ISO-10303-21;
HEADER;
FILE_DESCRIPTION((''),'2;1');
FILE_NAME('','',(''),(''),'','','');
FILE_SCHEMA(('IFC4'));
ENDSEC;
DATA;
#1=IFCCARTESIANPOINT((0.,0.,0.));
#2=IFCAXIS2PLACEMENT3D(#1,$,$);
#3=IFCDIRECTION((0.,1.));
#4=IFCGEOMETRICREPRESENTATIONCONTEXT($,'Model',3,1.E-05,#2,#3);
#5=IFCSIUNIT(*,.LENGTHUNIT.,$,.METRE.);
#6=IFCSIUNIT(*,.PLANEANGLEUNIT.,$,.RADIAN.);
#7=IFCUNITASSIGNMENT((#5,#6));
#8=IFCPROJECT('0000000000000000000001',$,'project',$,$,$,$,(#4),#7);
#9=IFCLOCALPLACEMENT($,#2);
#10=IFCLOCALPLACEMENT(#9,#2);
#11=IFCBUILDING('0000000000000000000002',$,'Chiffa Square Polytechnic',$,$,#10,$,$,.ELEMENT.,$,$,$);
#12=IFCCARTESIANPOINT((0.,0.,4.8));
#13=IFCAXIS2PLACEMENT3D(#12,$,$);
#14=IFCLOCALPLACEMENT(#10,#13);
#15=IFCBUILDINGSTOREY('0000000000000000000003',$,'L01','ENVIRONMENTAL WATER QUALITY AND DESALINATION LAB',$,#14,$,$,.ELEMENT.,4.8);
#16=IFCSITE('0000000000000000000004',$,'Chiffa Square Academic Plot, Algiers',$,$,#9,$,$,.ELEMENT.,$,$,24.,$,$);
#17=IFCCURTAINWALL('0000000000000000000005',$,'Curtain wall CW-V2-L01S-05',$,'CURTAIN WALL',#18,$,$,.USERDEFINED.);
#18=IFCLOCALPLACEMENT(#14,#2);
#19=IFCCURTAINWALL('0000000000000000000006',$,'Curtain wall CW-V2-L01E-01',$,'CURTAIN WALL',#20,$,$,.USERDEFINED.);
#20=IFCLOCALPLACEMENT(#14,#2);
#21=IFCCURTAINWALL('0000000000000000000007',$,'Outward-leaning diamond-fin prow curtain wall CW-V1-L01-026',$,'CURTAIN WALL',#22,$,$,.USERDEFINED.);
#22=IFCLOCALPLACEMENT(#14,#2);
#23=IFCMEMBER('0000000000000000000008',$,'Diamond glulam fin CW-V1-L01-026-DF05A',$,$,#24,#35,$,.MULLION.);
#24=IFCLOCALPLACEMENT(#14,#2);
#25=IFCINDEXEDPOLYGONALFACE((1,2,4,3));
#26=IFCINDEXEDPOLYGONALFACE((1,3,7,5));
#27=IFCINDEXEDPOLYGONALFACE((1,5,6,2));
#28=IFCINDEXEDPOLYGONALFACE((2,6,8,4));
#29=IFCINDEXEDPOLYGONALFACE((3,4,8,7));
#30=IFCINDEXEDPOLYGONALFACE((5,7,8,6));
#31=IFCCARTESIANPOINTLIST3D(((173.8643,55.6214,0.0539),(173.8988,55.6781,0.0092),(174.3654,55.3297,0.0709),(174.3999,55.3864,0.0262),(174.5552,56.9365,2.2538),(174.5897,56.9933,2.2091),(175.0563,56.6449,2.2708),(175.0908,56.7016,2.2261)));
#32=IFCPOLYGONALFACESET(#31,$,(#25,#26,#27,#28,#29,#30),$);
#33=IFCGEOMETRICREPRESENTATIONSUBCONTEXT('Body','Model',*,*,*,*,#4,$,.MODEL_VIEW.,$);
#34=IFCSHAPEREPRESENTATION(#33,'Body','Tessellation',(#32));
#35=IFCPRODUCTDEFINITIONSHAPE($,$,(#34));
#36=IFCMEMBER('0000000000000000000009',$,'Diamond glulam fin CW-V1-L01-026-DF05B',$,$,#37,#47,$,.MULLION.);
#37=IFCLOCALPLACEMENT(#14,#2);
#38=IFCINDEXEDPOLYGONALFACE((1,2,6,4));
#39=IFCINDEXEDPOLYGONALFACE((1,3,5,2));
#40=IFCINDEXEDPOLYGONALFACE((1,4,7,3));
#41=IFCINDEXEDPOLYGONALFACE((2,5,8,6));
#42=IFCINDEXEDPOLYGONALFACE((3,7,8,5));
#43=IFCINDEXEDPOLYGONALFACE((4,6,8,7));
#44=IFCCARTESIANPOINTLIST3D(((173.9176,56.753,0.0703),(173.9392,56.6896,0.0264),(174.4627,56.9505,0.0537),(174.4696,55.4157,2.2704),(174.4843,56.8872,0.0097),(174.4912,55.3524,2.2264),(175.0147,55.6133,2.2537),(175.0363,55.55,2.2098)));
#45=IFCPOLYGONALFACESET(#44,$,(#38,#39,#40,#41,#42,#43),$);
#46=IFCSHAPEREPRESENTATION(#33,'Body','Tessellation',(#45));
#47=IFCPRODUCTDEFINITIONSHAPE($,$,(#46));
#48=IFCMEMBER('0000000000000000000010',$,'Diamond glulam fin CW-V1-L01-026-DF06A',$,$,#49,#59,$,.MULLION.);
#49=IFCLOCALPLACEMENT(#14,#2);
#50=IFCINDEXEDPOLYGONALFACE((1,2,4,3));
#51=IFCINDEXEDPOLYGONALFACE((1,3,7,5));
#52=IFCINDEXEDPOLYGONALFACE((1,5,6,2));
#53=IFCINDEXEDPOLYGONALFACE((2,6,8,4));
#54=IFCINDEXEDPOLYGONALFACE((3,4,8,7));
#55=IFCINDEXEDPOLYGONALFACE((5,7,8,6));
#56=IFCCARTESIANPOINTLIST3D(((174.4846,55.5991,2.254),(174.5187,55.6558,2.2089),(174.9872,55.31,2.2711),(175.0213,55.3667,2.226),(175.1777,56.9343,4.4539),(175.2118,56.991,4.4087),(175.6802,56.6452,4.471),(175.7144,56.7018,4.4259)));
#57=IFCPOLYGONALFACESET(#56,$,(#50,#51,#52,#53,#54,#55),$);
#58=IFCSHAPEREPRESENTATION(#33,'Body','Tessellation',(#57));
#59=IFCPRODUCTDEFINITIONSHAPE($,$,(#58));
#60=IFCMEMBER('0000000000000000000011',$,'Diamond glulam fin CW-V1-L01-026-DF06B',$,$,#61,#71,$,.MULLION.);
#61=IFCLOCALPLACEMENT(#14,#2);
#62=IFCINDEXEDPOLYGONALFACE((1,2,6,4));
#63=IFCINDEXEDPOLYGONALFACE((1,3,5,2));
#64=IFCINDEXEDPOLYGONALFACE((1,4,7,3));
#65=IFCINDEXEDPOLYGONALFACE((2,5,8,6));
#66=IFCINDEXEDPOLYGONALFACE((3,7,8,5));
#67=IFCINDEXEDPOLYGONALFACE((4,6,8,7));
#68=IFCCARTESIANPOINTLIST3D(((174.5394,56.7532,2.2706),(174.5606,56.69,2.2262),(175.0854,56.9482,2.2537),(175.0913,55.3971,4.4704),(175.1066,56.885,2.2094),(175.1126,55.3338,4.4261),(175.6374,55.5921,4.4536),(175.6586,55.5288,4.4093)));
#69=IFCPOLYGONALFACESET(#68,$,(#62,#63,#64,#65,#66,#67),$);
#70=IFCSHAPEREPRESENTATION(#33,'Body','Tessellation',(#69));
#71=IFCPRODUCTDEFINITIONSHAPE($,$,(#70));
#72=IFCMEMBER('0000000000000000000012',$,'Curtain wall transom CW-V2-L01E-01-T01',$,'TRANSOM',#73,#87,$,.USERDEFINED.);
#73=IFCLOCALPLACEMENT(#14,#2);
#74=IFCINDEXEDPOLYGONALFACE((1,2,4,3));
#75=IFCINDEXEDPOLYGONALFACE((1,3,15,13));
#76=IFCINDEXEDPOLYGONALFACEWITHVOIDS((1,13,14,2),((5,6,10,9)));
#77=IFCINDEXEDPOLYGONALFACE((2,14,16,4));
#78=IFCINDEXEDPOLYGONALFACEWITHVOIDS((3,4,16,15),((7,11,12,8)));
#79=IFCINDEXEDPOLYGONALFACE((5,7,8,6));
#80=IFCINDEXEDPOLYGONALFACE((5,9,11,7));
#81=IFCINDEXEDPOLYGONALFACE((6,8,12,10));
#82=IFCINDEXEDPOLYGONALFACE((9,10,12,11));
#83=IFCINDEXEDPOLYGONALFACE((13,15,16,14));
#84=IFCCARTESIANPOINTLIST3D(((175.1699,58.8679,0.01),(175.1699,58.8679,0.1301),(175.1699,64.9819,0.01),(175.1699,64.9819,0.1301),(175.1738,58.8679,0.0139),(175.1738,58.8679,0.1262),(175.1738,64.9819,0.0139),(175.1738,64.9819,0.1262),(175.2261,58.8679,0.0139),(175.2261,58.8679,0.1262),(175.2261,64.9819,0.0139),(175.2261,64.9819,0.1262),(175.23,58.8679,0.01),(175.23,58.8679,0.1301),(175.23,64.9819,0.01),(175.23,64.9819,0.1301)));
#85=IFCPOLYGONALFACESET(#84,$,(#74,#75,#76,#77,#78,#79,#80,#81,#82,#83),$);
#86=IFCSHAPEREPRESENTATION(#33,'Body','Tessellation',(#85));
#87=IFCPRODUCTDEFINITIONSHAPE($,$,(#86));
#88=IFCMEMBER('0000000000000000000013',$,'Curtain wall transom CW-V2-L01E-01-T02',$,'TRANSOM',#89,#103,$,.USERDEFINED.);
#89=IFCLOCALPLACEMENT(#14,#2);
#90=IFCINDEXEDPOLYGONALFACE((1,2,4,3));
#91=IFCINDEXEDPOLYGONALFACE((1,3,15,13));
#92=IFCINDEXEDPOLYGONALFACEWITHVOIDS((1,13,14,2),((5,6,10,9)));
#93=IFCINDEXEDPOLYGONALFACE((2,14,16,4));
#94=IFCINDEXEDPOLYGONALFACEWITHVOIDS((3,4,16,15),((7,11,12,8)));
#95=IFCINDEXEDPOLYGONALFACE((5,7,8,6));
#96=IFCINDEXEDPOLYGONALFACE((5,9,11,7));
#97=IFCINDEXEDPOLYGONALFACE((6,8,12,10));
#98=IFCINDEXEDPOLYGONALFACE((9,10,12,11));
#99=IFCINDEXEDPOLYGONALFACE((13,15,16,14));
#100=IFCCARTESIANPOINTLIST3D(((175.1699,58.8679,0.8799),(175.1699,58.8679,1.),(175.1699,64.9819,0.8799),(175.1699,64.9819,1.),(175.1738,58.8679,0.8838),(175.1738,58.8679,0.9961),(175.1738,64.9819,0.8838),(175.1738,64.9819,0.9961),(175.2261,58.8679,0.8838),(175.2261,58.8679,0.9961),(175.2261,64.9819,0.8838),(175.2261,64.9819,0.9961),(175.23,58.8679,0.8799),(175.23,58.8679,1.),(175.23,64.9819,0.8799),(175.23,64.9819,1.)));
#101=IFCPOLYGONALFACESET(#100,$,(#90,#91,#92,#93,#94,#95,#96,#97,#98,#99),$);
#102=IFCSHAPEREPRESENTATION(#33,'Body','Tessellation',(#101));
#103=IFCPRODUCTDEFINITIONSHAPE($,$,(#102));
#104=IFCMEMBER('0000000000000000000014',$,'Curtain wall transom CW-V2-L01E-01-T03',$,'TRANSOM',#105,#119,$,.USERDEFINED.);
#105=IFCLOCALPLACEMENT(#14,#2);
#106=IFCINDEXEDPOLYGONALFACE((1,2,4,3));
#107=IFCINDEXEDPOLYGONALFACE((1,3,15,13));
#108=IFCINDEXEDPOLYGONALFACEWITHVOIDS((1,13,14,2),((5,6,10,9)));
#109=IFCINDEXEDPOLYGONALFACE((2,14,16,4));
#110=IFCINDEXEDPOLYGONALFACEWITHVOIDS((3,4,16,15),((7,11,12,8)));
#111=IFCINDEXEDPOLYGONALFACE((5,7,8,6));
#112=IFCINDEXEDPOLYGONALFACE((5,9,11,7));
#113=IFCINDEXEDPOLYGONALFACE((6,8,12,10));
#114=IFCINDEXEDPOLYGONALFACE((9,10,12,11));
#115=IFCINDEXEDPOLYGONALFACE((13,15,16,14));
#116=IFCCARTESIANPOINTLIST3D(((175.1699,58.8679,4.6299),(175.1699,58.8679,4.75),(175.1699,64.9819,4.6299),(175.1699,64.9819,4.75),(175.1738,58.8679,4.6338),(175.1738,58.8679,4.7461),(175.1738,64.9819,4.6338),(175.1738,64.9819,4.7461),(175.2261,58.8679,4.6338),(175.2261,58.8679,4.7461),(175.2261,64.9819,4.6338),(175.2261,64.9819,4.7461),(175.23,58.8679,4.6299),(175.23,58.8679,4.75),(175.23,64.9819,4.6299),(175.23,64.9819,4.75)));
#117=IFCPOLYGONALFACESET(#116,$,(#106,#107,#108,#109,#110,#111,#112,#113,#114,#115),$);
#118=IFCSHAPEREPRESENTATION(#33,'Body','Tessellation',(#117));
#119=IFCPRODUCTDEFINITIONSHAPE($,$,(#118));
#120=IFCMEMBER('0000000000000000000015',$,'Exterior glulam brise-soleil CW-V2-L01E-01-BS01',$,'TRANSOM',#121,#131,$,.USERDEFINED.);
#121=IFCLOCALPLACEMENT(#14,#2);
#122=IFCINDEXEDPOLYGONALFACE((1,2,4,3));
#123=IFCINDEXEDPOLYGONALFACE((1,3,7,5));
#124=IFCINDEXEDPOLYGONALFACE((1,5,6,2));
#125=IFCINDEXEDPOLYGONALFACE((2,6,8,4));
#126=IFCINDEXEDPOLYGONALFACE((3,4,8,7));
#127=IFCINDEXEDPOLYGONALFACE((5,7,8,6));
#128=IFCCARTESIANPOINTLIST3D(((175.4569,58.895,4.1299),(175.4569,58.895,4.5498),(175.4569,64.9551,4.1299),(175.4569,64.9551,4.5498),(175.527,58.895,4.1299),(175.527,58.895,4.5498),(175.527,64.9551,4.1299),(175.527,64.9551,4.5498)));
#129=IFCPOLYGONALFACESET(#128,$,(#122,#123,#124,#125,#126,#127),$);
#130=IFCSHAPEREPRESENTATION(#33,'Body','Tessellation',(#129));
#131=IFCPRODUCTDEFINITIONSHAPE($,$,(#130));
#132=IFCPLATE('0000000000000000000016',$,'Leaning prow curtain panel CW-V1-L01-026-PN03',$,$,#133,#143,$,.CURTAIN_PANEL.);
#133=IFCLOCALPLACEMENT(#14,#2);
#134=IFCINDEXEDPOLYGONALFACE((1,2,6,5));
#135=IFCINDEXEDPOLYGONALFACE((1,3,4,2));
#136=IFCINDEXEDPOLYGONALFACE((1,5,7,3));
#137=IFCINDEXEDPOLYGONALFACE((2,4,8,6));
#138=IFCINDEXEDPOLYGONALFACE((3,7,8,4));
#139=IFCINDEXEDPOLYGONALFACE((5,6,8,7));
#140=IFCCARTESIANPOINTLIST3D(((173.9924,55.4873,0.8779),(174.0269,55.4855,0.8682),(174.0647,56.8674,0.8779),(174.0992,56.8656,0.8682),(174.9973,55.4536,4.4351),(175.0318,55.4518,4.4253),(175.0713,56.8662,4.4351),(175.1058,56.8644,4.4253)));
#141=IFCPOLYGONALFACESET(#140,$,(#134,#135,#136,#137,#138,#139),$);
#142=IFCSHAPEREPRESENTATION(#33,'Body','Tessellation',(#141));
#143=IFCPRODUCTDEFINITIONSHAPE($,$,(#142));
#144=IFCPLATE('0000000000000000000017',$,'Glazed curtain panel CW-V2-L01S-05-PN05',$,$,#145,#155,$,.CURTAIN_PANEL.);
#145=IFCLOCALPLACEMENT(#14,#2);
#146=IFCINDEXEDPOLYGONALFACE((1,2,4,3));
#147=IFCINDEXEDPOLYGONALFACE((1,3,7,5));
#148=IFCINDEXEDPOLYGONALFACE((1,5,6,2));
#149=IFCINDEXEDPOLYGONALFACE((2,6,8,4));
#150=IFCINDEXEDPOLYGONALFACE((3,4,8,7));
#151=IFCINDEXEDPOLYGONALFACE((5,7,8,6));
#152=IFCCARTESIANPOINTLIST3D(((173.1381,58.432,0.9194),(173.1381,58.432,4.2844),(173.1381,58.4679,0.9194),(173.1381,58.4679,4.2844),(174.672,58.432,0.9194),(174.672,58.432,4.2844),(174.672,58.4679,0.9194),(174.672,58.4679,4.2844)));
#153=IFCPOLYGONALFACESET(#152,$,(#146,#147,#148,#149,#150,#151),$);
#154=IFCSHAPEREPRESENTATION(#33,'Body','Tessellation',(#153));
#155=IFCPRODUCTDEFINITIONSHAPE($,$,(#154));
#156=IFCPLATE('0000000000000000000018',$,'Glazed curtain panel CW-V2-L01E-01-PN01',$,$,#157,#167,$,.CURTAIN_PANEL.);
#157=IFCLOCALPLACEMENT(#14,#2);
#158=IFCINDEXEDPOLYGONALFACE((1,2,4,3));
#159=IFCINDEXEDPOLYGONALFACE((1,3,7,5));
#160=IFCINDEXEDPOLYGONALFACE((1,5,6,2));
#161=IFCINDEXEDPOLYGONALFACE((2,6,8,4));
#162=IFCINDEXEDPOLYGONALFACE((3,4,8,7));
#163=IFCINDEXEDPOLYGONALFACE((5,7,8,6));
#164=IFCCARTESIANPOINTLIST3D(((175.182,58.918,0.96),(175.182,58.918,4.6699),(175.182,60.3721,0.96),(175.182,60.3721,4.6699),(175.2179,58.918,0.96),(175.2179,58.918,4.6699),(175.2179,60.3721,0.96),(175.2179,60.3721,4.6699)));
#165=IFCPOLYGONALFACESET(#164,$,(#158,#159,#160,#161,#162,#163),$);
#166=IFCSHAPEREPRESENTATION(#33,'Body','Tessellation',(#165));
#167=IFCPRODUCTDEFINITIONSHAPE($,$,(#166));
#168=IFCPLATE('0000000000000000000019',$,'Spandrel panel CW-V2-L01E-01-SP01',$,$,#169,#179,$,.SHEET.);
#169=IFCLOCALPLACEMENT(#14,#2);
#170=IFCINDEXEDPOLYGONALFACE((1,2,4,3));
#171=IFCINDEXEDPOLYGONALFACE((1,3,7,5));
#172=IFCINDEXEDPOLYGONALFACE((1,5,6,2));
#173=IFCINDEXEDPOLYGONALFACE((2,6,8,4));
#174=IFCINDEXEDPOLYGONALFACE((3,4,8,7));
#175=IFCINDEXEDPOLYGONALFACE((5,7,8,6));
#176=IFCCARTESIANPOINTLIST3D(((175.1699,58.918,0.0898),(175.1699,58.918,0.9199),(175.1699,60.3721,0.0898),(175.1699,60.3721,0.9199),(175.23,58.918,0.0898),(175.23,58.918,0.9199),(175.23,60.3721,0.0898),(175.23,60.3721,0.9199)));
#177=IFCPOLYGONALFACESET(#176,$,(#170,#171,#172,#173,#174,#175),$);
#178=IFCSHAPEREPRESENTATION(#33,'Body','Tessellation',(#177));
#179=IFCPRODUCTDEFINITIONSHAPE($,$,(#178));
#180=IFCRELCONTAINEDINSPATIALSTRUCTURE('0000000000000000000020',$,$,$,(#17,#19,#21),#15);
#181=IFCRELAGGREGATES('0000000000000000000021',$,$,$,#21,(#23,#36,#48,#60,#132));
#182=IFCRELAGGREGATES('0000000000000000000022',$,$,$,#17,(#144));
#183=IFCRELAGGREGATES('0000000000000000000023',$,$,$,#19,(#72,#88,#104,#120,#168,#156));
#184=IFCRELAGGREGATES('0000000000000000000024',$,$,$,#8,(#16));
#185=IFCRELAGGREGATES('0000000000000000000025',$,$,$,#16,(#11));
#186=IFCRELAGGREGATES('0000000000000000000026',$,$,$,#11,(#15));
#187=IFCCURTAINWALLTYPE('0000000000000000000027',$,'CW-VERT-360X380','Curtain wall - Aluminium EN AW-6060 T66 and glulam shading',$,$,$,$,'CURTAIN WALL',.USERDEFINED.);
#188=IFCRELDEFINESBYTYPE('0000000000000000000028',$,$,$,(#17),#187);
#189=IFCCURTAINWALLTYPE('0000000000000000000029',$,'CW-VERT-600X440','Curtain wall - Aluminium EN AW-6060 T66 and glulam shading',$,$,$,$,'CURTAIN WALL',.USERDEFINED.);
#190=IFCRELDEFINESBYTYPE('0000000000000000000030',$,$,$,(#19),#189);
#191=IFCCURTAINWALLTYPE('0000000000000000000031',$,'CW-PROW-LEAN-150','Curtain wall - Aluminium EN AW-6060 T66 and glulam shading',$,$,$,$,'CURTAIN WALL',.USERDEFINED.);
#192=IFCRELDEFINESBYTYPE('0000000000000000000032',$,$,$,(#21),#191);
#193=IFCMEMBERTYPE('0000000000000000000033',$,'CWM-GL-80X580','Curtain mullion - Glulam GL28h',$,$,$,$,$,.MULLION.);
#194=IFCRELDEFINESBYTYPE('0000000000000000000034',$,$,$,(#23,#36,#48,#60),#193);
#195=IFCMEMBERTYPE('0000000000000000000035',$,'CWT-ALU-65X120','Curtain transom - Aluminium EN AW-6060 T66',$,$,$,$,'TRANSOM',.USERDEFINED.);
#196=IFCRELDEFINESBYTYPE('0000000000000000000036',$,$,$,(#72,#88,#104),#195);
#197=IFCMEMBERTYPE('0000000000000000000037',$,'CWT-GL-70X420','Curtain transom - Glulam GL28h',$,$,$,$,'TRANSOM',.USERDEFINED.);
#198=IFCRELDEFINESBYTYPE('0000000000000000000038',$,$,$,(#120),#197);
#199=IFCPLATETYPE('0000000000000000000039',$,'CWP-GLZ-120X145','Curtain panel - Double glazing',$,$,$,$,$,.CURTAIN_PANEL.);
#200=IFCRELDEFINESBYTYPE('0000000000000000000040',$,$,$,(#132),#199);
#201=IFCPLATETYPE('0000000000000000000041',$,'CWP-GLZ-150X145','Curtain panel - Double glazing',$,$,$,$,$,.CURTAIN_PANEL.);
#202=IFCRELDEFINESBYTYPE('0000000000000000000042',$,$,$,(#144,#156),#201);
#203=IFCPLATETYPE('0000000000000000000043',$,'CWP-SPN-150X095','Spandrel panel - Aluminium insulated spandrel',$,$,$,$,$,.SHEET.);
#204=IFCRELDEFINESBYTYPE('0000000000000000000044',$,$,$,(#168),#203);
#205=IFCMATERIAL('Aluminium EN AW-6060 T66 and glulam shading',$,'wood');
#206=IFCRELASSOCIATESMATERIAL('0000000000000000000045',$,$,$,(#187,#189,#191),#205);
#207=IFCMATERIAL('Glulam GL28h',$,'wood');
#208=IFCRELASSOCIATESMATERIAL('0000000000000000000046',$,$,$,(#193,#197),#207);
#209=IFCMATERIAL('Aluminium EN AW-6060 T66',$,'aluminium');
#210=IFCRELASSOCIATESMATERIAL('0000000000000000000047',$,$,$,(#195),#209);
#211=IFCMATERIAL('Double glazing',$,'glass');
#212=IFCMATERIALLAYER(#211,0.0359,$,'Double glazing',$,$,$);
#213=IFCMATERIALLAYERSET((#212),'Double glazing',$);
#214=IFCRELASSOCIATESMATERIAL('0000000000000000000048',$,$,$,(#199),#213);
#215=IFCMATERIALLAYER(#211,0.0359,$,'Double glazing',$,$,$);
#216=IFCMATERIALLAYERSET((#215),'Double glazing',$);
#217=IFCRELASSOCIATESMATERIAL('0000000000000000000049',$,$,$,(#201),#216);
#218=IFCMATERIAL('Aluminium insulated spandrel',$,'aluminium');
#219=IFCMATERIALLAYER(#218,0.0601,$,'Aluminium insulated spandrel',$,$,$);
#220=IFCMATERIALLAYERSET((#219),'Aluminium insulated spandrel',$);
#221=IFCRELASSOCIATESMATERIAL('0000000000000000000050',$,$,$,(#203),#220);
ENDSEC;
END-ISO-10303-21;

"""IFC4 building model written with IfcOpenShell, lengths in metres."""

from ifc_helpers import new_model, si_unit, direction, frame, origin, origin_2d, place, context, subcontext, project, spatial, polyline, rectangle, hollow_rectangle, outline, extrude, material, layer, layer_set, material_profile, profile_set, type_object, element, aggregate, save


model = new_model("IFC4")

# Units and contexts
model_context = context("Model", 3, precision=1e-05, world=origin(), true_north=direction((0.0, 1.0)))
body_context = subcontext(model_context, "Body", "Model", "MODEL_VIEW")
ifc_project = project(units=[si_unit("LENGTHUNIT", "METRE"), si_unit("PLANEANGLEUNIT", "RADIAN")], contexts=[model_context])

# Site, building, storey
site_placement = place(None, origin())
site = spatial("IfcSite", under=ifc_project, at=site_placement, Name="Chiffa Square Academic Plot, Algiers", CompositionType="ELEMENT", RefElevation=24.0)
building_placement = place(site_placement, origin())
building = spatial("IfcBuilding", under=site, at=building_placement, Name="Chiffa Square Polytechnic", CompositionType="ELEMENT")
storey_placement = place(building_placement, frame((0.0, 0.0, 4.8)))
storey = spatial("IfcBuildingStorey", under=building, at=storey_placement, Name="L01", Description="ENVIRONMENTAL WATER QUALITY AND DESALINATION LAB", CompositionType="ELEMENT", Elevation=4.8)

# Curtain wall
ifc_material_1 = material(Name="Aluminium EN AW-6060 T66 and glulam shading", Category="wood")
curtain_wall_type_1 = type_object("IfcCurtainWallType", Name="CW-VERT-360X380", Description="Curtain wall - Aluminium EN AW-6060 T66 and glulam shading", ElementType="CURTAIN WALL", PredefinedType="USERDEFINED", material=ifc_material_1)
curtain_wall_1_placement = place(storey_placement, origin())
curtain_wall_1 = element("IfcCurtainWall", 1, at=curtain_wall_1_placement, inside=storey, type_object=curtain_wall_type_1, Name="Curtain wall CW-V2-L01S-05", ObjectType="CURTAIN WALL", PredefinedType="USERDEFINED")
ifc_material_2 = material(Name="Aluminium EN AW-6060 T66", Category="aluminium")

# Curtain wall
curtain_wall_type_2 = type_object("IfcCurtainWallType", Name="CW-VERT-600X440", Description="Curtain wall - Aluminium EN AW-6060 T66 and glulam shading", ElementType="CURTAIN WALL", PredefinedType="USERDEFINED", material=ifc_material_1)
curtain_wall_2_placement = place(storey_placement, origin())
curtain_wall_2 = element("IfcCurtainWall", 2, at=curtain_wall_2_placement, inside=storey, type_object=curtain_wall_type_2, Name="Curtain wall CW-V2-L01E-01", ObjectType="CURTAIN WALL", PredefinedType="USERDEFINED")

# Shared definitions
ifc_material_3 = material(Name="Glulam GL28h", Category="wood")

# Curtain wall, members
curtain_wall_type_3 = type_object("IfcCurtainWallType", Name="CW-PROW-LEAN-150", Description="Curtain wall - Aluminium EN AW-6060 T66 and glulam shading", ElementType="CURTAIN WALL", PredefinedType="USERDEFINED", material=ifc_material_1)
curtain_wall_3_placement = place(storey_placement, origin())
curtain_wall_3 = element("IfcCurtainWall", 3, at=curtain_wall_3_placement, inside=storey, type_object=curtain_wall_type_3, Name="Outward-leaning diamond-fin prow curtain wall CW-V1-L01-026", ObjectType="CURTAIN WALL", PredefinedType="USERDEFINED")
ifc_material_profile_1 = material_profile(ifc_material_3, rectangle(XDim=0.0801, YDim=0.5801, at=origin_2d()), Name="GL28h 80x580")
ifc_profile_set_1 = profile_set([ifc_material_profile_1], Name="Glulam GL28h")
member_type_1 = type_object("IfcMemberType", Name="CWM-GL-80X580", Description="Curtain mullion - Glulam GL28h", PredefinedType="MULLION", material=ifc_profile_set_1)
member_1_placement = place(storey_placement, frame((174.1321, 55.5039, 0.04), z_axis=(0.260273, 0.495438, 0.828734), x_axis=(-0.431222, -0.708312, 0.558876)))
member_1 = element("IfcMember", 4, at=member_1_placement, type_object=member_type_1, Name="Diamond glulam fin CW-V1-L01-026-DF05A", PredefinedType="MULLION", context=body_context, shape_type="SweptSolid", body=[
    extrude(rectangle(XDim=0.0801, YDim=0.5801, at=origin_2d()), origin(), (0.0, 0.0, 1.0), 2.6545),
])
member_2_placement = place(storey_placement, frame((174.2009, 56.8201, 0.04), z_axis=(0.209651, -0.507853, 0.835543), x_axis=(-0.270015, 0.791233, 0.548673)))
member_2 = element("IfcMember", 5, at=member_2_placement, type_object=member_type_1, Name="Diamond glulam fin CW-V1-L01-026-DF05B", PredefinedType="MULLION", context=body_context, shape_type="SweptSolid", body=[
    extrude(rectangle(XDim=0.0801, YDim=0.5801, at=origin_2d()), origin(), (0.0, 0.0, 1.0), 2.6331),
])
member_3_placement = place(storey_placement, frame((174.7529, 55.4829, 2.24), z_axis=(0.260067, 0.500989, 0.825455), x_axis=(-0.42624, -0.707508, 0.563695)))
member_3 = element("IfcMember", 6, at=member_3_placement, type_object=member_type_1, Name="Diamond glulam fin CW-V1-L01-026-DF06A", PredefinedType="MULLION", context=body_context, shape_type="SweptSolid", body=[
    extrude(rectangle(XDim=0.0801, YDim=0.5801, at=origin_2d()), origin(), (0.0, 0.0, 1.0), 2.665),
])
member_4_placement = place(storey_placement, frame((174.823, 56.8191, 2.24), z_axis=(0.208879, -0.513191, 0.832469), x_axis=(-0.264928, 0.789721, 0.553313)))
member_4 = element("IfcMember", 7, at=member_4_placement, type_object=member_type_1, Name="Diamond glulam fin CW-V1-L01-026-DF06B", PredefinedType="MULLION", context=body_context, shape_type="SweptSolid", body=[
    extrude(rectangle(XDim=0.0801, YDim=0.5801, at=origin_2d()), origin(), (0.0, 0.0, 1.0), 2.6426),
])

# Members
ifc_material_profile_2 = material_profile(ifc_material_2, hollow_rectangle(XDim=0.0601, YDim=0.1201, WallThickness=0.0039, at=origin_2d()), Name="ALU 60x120x4")
ifc_profile_set_2 = profile_set([ifc_material_profile_2], Name="Aluminium EN AW-6060 T66")
member_type_2 = type_object("IfcMemberType", Name="CWT-ALU-65X120", Description="Curtain transom - Aluminium EN AW-6060 T66", ElementType="TRANSOM", PredefinedType="USERDEFINED", material=ifc_profile_set_2)
member_5_placement = place(storey_placement, frame((175.2, 58.8679, 0.0701), z_axis=(0.0, 1.0, 0.0), x_axis=(-1.0, 0.0, 0.0)))
member_5 = element("IfcMember", 8, at=member_5_placement, type_object=member_type_2, Name="Curtain wall transom CW-V2-L01E-01-T01", ObjectType="TRANSOM", PredefinedType="USERDEFINED", context=body_context, shape_type="SweptSolid", body=[
    extrude(hollow_rectangle(XDim=0.0601, YDim=0.1201, WallThickness=0.0039, at=origin_2d()), origin(), (0.0, 0.0, 1.0), 6.114),
])
member_6_placement = place(storey_placement, frame((175.2, 58.8679, 0.9399), z_axis=(0.0, 1.0, 0.0), x_axis=(-1.0, 0.0, 0.0)))
member_6 = element("IfcMember", 9, at=member_6_placement, type_object=member_type_2, Name="Curtain wall transom CW-V2-L01E-01-T02", ObjectType="TRANSOM", PredefinedType="USERDEFINED", context=body_context, shape_type="SweptSolid", body=[
    extrude(hollow_rectangle(XDim=0.0601, YDim=0.1201, WallThickness=0.0039, at=origin_2d()), origin(), (0.0, 0.0, 1.0), 6.114),
])
member_7_placement = place(storey_placement, frame((175.2, 58.8679, 4.6899), z_axis=(0.0, 1.0, 0.0), x_axis=(-1.0, 0.0, 0.0)))
member_7 = element("IfcMember", 10, at=member_7_placement, type_object=member_type_2, Name="Curtain wall transom CW-V2-L01E-01-T03", ObjectType="TRANSOM", PredefinedType="USERDEFINED", context=body_context, shape_type="SweptSolid", body=[
    extrude(hollow_rectangle(XDim=0.0601, YDim=0.1201, WallThickness=0.0039, at=origin_2d()), origin(), (0.0, 0.0, 1.0), 6.114),
])
ifc_material_profile_3 = material_profile(ifc_material_3, rectangle(XDim=0.0701, YDim=0.4199, at=origin_2d()), Name="GL28h 70x420")
ifc_profile_set_3 = profile_set([ifc_material_profile_3], Name="Glulam GL28h")
member_type_3 = type_object("IfcMemberType", Name="CWT-GL-70X420", Description="Curtain transom - Glulam GL28h", ElementType="TRANSOM", PredefinedType="USERDEFINED", material=ifc_profile_set_3)
member_8_placement = place(storey_placement, frame((175.4919, 58.895, 4.3398), z_axis=(0.0, 1.0, 0.0), x_axis=(-1.0, 0.0, 0.0)))
member_8 = element("IfcMember", 11, at=member_8_placement, type_object=member_type_3, Name="Exterior glulam brise-soleil CW-V2-L01E-01-BS01", ObjectType="TRANSOM", PredefinedType="USERDEFINED", context=body_context, shape_type="SweptSolid", body=[
    extrude(rectangle(XDim=0.0701, YDim=0.4199, at=origin_2d()), origin(), (0.0, 0.0, 1.0), 6.0601),
])

# Plates
ifc_material_4 = material(Name="Double glazing", Category="glass")
ifc_layer_1 = layer(ifc_material_4, 0.0359, Name="Double glazing")
ifc_layer_set_1 = layer_set([ifc_layer_1], Name="Double glazing")
plate_type_1 = type_object("IfcPlateType", Name="CWP-GLZ-120X145", Description="Curtain panel - Double glazing", PredefinedType="CURTAIN_PANEL", material=ifc_layer_set_1)
plate_1_placement = place(storey_placement, frame((173.9924, 55.4873, 0.8779), z_axis=(-0.960993, 0.050322, 0.271957), x_axis=(0.052293, 0.998632, -0.000001)))
plate_1 = element("IfcPlate", 12, at=plate_1_placement, type_object=plate_type_1, Name="Leaning prow curtain panel CW-V1-L01-026-PN03", PredefinedType="CURTAIN_PANEL", context=body_context, shape_type="SweptSolid", body=[
    extrude(outline(polyline([(0.0, 0.0), (1.382, 0.0), (1.4334, -3.6965), (0.0189, -3.6964), (0.0, 0.0)])), origin(), (0.0, 0.0, -1.0), 0.0359),
])
aggregate(curtain_wall_3, [member_1, member_2, member_3, member_4, plate_1])
ifc_layer_2 = layer(ifc_material_4, 0.0359, Name="Double glazing")
ifc_layer_set_2 = layer_set([ifc_layer_2], Name="Double glazing")
plate_type_2 = type_object("IfcPlateType", Name="CWP-GLZ-150X145", Description="Curtain panel - Double glazing", PredefinedType="CURTAIN_PANEL", material=ifc_layer_set_2)
plate_2_placement = place(storey_placement, frame((173.905, 58.45, 0.9194), z_axis=(0.0, 0.0, 1.0), x_axis=(1.0, 0.0, 0.0)))
plate_2 = element("IfcPlate", 13, at=plate_2_placement, type_object=plate_type_2, Name="Glazed curtain panel CW-V2-L01S-05-PN05", PredefinedType="CURTAIN_PANEL", context=body_context, shape_type="SweptSolid", body=[
    extrude(rectangle(XDim=1.5339, YDim=0.0359, at=origin_2d()), origin(), (0.0, 0.0, 1.0), 3.365),
])
aggregate(curtain_wall_1, [plate_2])
plate_3_placement = place(storey_placement, frame((175.2, 59.645, 0.96), z_axis=(0.0, 0.0, 1.0), x_axis=(0.0, 1.0, 0.0)))
plate_3 = element("IfcPlate", 14, at=plate_3_placement, type_object=plate_type_2, Name="Glazed curtain panel CW-V2-L01E-01-PN01", PredefinedType="CURTAIN_PANEL", context=body_context, shape_type="SweptSolid", body=[
    extrude(rectangle(XDim=1.4541, YDim=0.0359, at=origin_2d()), origin(), (0.0, 0.0, 1.0), 3.71),
])
ifc_material_5 = material(Name="Aluminium insulated spandrel", Category="aluminium")
ifc_layer_3 = layer(ifc_material_5, 0.0601, Name="Aluminium insulated spandrel")
ifc_layer_set_3 = layer_set([ifc_layer_3], Name="Aluminium insulated spandrel")
plate_type_3 = type_object("IfcPlateType", Name="CWP-SPN-150X095", Description="Spandrel panel - Aluminium insulated spandrel", PredefinedType="SHEET", material=ifc_layer_set_3)
plate_4_placement = place(storey_placement, frame((175.2, 59.645, 0.0898), z_axis=(0.0, 0.0, 1.0), x_axis=(0.0, 1.0, 0.0)))
plate_4 = element("IfcPlate", 15, at=plate_4_placement, type_object=plate_type_3, Name="Spandrel panel CW-V2-L01E-01-SP01", PredefinedType="SHEET", context=body_context, shape_type="SweptSolid", body=[
    extrude(rectangle(XDim=1.4541, YDim=0.0601, at=origin_2d()), origin(), (0.0, 0.0, 1.0), 0.8301),
])
aggregate(curtain_wall_2, [member_5, member_6, member_7, member_8, plate_4, plate_3])

save(model, "model.ifc")
